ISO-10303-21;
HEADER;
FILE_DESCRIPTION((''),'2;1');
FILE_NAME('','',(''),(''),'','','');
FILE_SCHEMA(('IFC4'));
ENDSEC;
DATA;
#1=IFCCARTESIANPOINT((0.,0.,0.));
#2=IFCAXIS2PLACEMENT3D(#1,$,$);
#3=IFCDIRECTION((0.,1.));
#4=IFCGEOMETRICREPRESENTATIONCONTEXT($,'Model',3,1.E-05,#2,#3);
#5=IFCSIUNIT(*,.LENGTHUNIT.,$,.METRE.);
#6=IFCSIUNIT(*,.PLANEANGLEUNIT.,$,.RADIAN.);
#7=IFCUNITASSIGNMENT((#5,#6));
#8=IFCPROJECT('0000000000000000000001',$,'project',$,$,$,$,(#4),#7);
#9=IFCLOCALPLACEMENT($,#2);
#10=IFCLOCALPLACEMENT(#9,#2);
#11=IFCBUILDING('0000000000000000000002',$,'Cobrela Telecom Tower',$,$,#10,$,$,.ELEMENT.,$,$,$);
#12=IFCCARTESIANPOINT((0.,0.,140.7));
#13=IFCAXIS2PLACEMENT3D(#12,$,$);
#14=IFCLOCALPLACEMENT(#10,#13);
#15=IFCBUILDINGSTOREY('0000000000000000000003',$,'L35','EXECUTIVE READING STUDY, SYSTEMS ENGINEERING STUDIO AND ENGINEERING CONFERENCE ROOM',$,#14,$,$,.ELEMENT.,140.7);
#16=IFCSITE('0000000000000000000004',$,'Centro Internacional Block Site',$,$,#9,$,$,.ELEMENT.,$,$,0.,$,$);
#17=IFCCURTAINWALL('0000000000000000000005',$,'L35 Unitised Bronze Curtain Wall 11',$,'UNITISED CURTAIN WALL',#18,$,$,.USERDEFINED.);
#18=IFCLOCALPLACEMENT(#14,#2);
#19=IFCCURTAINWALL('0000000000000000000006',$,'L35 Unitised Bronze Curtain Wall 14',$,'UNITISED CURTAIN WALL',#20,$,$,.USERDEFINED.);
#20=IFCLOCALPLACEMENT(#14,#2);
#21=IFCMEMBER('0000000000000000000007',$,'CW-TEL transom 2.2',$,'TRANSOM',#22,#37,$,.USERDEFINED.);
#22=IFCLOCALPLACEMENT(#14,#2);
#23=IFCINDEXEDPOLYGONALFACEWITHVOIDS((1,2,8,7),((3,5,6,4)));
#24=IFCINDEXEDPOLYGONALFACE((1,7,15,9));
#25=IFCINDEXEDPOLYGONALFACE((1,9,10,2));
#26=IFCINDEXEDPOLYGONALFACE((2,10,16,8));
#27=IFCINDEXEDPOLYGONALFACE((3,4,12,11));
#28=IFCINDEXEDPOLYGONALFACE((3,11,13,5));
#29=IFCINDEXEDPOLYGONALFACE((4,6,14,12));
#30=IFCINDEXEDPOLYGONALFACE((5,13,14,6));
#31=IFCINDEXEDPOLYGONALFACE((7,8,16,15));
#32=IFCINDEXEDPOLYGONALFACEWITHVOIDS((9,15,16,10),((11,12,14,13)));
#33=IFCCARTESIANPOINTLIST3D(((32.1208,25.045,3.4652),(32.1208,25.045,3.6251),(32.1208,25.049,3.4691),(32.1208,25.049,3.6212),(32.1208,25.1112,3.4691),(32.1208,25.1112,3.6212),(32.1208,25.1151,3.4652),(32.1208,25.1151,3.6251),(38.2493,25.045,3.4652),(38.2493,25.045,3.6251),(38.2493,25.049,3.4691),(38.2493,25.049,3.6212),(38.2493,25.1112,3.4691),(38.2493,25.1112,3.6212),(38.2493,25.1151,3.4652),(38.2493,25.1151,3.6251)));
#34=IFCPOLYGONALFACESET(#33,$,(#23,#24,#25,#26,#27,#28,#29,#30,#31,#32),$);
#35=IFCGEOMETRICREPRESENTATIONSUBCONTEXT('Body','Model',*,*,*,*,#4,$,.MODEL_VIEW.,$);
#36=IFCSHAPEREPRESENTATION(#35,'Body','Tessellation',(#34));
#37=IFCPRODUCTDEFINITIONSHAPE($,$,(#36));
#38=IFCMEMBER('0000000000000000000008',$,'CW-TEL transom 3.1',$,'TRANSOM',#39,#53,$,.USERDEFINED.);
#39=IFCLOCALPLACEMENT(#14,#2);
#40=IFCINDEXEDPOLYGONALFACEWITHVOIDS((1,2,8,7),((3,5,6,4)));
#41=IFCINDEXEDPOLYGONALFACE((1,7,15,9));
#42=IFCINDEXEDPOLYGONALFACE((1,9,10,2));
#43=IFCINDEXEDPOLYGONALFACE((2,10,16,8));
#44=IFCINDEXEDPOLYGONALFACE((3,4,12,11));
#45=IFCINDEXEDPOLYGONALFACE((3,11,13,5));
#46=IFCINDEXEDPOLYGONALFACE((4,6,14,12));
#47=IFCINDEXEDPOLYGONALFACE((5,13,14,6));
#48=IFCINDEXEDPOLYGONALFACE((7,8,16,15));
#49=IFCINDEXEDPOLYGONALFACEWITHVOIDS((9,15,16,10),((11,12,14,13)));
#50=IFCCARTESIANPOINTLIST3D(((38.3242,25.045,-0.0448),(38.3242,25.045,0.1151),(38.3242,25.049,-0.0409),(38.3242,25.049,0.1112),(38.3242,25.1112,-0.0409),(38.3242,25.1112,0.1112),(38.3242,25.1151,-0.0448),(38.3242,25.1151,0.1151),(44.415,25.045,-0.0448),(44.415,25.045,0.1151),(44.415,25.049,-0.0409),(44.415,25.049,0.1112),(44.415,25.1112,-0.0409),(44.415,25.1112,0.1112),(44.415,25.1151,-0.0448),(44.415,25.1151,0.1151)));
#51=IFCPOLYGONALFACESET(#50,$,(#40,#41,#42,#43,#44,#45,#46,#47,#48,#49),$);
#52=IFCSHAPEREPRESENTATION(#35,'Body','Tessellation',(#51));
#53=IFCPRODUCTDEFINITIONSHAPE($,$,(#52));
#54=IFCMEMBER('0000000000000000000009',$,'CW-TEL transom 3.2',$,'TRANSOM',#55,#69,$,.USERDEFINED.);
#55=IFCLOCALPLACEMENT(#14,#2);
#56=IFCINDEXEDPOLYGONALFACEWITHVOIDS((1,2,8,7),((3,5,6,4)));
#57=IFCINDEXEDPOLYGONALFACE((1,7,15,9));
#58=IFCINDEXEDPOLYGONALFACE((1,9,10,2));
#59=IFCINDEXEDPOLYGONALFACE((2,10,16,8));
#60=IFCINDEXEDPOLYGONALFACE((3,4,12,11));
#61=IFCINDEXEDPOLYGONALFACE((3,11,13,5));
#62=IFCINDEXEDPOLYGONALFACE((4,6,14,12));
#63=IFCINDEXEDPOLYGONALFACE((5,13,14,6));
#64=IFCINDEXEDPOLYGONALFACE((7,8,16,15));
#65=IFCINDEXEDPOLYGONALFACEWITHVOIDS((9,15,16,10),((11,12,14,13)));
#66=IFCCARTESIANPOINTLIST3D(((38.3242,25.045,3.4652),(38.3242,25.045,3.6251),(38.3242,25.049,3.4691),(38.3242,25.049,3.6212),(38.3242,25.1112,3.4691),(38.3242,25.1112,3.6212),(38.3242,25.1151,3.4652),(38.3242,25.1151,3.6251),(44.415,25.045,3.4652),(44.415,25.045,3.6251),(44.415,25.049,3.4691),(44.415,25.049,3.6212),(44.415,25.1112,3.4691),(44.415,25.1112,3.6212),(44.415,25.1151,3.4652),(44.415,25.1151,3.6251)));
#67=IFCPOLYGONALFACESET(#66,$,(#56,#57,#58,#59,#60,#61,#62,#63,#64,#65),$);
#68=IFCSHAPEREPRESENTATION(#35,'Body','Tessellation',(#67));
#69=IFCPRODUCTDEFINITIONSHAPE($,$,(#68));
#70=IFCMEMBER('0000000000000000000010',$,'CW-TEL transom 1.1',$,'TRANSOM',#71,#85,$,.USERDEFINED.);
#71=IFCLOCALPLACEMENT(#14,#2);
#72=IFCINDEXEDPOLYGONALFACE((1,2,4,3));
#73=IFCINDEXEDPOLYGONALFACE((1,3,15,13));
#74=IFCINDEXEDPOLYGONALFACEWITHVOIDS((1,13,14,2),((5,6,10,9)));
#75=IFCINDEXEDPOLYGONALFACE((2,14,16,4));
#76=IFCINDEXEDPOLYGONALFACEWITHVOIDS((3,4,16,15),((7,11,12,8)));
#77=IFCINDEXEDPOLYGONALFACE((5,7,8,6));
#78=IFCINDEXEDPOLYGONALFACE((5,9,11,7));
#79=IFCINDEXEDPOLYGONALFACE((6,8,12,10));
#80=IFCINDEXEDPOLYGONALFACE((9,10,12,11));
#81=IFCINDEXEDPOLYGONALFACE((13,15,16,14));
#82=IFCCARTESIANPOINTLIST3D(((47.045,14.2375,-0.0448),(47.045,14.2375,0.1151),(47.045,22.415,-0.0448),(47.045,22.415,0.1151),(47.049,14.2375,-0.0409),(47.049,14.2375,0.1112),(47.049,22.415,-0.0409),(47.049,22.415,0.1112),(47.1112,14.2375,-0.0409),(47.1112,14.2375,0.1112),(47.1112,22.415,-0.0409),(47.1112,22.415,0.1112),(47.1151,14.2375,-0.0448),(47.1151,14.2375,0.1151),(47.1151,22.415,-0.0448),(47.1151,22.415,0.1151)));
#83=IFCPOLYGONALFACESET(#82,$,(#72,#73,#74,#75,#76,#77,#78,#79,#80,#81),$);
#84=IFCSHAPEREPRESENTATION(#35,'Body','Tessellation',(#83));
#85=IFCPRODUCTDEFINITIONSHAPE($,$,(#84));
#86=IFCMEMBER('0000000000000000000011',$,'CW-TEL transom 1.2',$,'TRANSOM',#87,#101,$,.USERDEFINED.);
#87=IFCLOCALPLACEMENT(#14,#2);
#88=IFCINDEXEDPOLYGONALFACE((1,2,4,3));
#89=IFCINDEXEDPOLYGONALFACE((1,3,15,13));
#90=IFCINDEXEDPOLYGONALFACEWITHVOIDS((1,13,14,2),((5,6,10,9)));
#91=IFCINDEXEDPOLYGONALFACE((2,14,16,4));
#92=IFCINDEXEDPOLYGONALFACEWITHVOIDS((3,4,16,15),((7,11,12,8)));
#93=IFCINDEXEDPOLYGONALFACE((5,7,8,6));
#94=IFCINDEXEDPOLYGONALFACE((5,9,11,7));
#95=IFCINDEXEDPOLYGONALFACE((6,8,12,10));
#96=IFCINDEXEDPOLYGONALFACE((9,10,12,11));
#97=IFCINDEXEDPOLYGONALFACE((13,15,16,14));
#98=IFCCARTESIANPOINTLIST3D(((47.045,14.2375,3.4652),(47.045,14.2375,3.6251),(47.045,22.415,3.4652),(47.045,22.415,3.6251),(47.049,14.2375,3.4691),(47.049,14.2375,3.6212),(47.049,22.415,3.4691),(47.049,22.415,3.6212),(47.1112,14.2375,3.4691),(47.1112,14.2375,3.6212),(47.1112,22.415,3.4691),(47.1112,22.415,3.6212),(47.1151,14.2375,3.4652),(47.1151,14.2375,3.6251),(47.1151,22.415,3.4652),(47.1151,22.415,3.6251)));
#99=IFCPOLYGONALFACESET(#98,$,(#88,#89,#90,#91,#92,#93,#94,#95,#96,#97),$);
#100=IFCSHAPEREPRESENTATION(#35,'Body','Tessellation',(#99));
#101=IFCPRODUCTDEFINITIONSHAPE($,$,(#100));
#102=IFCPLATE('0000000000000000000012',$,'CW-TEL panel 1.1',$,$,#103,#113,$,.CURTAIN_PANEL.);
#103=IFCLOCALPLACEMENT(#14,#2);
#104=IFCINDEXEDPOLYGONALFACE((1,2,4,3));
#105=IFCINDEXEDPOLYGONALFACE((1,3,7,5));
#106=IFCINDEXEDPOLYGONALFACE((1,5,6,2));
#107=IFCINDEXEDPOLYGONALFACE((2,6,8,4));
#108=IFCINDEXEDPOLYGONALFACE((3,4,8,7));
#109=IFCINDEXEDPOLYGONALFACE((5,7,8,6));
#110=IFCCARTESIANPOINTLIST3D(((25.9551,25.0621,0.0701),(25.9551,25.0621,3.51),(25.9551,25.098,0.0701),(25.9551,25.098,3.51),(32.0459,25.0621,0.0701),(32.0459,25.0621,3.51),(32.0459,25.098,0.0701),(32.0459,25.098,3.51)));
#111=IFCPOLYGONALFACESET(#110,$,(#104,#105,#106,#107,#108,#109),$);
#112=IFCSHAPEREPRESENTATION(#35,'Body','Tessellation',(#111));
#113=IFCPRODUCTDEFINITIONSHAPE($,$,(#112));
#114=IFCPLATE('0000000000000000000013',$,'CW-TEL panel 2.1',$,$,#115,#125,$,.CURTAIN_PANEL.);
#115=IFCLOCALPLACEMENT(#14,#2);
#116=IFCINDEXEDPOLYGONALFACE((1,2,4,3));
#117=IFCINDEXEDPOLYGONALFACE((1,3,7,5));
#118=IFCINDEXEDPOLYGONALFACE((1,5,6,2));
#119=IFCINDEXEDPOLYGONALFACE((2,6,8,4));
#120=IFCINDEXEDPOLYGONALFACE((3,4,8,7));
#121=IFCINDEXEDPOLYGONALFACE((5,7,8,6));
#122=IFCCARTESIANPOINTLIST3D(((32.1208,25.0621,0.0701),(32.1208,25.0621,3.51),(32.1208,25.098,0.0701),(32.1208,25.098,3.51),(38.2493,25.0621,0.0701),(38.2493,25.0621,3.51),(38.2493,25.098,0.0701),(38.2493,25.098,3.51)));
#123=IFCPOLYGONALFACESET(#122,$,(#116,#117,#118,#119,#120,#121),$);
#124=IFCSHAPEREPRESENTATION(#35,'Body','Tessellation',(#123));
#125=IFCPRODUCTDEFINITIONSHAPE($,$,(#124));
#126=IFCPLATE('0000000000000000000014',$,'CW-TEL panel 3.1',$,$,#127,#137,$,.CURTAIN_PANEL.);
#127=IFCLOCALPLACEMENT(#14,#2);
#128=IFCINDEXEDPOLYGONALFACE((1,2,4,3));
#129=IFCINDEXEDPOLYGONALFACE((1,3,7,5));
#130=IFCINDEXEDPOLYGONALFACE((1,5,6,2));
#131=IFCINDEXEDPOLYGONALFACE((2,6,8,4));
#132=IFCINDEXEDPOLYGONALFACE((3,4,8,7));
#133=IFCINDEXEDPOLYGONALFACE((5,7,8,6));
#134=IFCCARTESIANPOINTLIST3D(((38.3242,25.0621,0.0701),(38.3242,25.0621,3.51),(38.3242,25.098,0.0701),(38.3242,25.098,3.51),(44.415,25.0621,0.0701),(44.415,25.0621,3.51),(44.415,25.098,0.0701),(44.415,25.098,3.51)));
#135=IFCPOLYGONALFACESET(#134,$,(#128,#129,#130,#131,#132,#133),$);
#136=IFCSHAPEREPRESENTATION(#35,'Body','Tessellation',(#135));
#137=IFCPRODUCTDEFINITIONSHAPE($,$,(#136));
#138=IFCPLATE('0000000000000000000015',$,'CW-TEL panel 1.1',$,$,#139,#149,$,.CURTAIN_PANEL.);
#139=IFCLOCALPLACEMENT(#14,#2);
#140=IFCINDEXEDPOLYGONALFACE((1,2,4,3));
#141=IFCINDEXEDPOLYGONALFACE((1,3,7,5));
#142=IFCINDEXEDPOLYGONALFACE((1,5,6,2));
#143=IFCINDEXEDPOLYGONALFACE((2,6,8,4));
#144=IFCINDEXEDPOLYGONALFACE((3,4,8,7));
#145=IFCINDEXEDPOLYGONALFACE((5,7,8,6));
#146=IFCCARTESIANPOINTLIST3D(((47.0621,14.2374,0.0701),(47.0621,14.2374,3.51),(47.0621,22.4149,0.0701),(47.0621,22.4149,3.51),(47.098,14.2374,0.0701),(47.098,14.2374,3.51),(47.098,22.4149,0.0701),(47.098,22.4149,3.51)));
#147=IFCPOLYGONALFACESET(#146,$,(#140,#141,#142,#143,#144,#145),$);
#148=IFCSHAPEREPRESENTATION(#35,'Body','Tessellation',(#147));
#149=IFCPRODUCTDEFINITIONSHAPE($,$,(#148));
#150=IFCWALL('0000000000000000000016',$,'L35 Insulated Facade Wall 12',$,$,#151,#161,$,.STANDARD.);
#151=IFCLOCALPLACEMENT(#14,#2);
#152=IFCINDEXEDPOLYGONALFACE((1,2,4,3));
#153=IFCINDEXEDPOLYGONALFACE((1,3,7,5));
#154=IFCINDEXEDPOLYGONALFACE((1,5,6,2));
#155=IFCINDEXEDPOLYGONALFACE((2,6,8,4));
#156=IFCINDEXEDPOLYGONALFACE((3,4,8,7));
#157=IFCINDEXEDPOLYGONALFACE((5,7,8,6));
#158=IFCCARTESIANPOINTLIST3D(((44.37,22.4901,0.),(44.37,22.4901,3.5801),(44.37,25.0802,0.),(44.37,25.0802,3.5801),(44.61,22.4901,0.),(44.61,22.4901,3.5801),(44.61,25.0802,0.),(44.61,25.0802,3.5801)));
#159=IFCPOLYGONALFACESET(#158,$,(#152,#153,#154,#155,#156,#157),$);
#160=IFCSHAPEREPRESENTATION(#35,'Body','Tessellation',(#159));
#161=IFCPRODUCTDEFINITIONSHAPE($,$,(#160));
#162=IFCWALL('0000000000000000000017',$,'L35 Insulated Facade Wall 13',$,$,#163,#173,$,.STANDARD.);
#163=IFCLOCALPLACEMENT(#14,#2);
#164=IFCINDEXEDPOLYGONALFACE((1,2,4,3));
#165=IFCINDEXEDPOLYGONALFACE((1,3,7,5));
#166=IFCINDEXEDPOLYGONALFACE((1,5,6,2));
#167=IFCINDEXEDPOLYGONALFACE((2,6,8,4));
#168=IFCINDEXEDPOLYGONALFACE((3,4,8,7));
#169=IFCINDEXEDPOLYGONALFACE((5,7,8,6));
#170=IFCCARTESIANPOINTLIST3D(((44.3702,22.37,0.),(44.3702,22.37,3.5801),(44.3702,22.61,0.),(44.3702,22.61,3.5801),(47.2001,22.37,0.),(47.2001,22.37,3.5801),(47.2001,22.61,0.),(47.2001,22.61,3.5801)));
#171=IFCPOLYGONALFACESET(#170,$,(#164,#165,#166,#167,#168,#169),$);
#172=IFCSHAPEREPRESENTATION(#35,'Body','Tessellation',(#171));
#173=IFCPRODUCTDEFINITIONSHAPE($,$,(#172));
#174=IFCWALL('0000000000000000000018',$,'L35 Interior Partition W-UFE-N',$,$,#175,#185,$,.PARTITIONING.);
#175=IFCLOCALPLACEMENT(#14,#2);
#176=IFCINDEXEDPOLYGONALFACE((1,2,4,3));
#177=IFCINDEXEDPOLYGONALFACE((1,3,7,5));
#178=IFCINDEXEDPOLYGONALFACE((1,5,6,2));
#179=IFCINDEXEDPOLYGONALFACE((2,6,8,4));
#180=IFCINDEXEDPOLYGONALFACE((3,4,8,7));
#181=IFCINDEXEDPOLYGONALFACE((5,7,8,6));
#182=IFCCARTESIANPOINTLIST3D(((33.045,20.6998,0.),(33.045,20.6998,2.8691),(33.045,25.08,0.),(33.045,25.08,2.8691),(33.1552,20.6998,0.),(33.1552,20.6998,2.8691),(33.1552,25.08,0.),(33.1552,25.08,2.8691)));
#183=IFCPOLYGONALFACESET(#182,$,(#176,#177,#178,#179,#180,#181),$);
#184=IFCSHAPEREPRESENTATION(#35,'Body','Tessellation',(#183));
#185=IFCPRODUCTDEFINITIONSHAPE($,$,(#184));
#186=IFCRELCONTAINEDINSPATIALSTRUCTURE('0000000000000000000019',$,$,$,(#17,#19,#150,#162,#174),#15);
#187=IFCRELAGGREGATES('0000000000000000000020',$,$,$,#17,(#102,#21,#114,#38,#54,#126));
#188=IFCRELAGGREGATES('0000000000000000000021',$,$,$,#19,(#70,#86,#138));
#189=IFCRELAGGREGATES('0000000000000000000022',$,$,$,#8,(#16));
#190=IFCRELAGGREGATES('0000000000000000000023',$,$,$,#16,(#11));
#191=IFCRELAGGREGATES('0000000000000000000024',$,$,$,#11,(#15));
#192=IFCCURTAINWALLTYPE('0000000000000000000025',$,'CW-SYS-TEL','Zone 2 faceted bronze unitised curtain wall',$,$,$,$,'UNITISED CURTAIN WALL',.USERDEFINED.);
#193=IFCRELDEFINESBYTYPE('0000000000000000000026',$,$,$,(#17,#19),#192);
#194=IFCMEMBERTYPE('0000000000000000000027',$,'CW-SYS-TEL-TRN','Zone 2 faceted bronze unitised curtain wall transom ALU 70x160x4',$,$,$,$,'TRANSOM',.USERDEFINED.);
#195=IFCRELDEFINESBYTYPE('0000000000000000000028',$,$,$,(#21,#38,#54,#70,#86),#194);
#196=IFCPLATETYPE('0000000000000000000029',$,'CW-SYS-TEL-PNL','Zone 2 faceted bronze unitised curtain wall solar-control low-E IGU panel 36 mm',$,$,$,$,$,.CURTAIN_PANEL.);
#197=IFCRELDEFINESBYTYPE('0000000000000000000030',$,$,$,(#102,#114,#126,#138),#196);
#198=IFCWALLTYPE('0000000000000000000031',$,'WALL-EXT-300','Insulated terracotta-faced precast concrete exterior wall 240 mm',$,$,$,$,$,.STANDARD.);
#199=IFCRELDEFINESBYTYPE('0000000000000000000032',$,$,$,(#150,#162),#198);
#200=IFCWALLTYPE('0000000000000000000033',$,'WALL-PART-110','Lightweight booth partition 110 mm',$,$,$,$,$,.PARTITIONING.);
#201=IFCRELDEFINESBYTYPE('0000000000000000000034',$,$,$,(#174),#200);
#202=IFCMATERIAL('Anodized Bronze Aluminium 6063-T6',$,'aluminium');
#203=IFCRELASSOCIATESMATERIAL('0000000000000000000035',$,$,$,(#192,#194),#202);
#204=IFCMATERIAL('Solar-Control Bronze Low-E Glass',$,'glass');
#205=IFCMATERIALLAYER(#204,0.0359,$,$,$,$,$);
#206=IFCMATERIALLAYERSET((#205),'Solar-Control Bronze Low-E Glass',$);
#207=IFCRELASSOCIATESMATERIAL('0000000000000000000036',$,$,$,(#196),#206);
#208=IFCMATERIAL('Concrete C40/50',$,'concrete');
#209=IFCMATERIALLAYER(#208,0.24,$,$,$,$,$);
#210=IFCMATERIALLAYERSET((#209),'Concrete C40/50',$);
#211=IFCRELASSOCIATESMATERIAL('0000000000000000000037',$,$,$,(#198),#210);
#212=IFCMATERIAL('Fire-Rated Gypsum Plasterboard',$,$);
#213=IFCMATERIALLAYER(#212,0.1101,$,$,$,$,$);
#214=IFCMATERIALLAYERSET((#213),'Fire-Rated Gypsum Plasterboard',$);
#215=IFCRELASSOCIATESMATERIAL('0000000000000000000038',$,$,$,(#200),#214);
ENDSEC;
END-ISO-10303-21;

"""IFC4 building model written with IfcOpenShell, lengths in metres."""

from ifc_helpers import new_model, si_unit, direction, frame, frame_2d, origin, origin_2d, place, context, subcontext, project, spatial, rectangle, hollow_rectangle, extrude, material, layer, layer_set, material_profile, profile_set, type_object, element, aggregate, save


model = new_model("IFC4")

# Units and contexts
model_context = context("Model", 3, precision=1e-05, world=origin(), true_north=direction((0.0, 1.0)))
body_context = subcontext(model_context, "Body", "Model", "MODEL_VIEW")
ifc_project = project(units=[si_unit("LENGTHUNIT", "METRE"), si_unit("PLANEANGLEUNIT", "RADIAN")], contexts=[model_context])

# Site, building, storey
site_placement = place(None, origin())
site = spatial("IfcSite", under=ifc_project, at=site_placement, Name="Centro Internacional Block Site", CompositionType="ELEMENT", RefElevation=0.0)
building_placement = place(site_placement, origin())
building = spatial("IfcBuilding", under=site, at=building_placement, Name="Cobrela Telecom Tower", CompositionType="ELEMENT")
storey_placement = place(building_placement, frame((0.0, 0.0, 140.7)))
storey = spatial("IfcBuildingStorey", under=building, at=storey_placement, Name="L35", Description="EXECUTIVE READING STUDY, SYSTEMS ENGINEERING STUDIO AND ENGINEERING CONFERENCE ROOM", CompositionType="ELEMENT", Elevation=140.7)

# Curtain wall
ifc_material_1 = material(Name="Anodized Bronze Aluminium 6063-T6", Category="aluminium")
curtain_wall_type = type_object("IfcCurtainWallType", Name="CW-SYS-TEL", Description="Zone 2 faceted bronze unitised curtain wall", ElementType="UNITISED CURTAIN WALL", PredefinedType="USERDEFINED", material=ifc_material_1)
curtain_wall_1_placement = place(storey_placement, origin())
curtain_wall_1 = element("IfcCurtainWall", 1, at=curtain_wall_1_placement, inside=storey, type_object=curtain_wall_type, Name="L35 Unitised Bronze Curtain Wall 11", ObjectType="UNITISED CURTAIN WALL", PredefinedType="USERDEFINED")

# Curtain wall
curtain_wall_2_placement = place(storey_placement, origin())
curtain_wall_2 = element("IfcCurtainWall", 2, at=curtain_wall_2_placement, inside=storey, type_object=curtain_wall_type, Name="L35 Unitised Bronze Curtain Wall 14", ObjectType="UNITISED CURTAIN WALL", PredefinedType="USERDEFINED")

# Members
ifc_material_profile_1 = material_profile(ifc_material_1, hollow_rectangle(XDim=0.0701, YDim=0.1599, WallThickness=0.0039, at=origin_2d()), Name="ALU 70x160x4")
ifc_profile_set_1 = profile_set([ifc_material_profile_1], Name="Anodized Bronze Aluminium 6063-T6")
member_type_1 = type_object("IfcMemberType", Name="CW-SYS-TEL-TRN", Description="Zone 2 faceted bronze unitised curtain wall transom ALU 70x160x4", ElementType="TRANSOM", PredefinedType="USERDEFINED", material=ifc_profile_set_1)
member_1_placement = place(storey_placement, frame((32.1208, 25.0801, 3.5452), z_axis=(1.0, 0.0, 0.0), x_axis=(0.0, 1.0, 0.0)))
member_1 = element("IfcMember", 3, at=member_1_placement, type_object=member_type_1, Name="CW-TEL transom 2.2", ObjectType="TRANSOM", PredefinedType="USERDEFINED", context=body_context, shape_type="SweptSolid", body=[
    extrude(hollow_rectangle(XDim=0.0701, YDim=0.1599, WallThickness=0.0039, at=origin_2d()), origin(), (0.0, 0.0, 1.0), 6.1284),
])
member_2_placement = place(storey_placement, frame((38.3242, 25.0801, 0.0352), z_axis=(1.0, 0.0, 0.0), x_axis=(0.0, 1.0, 0.0)))
member_2 = element("IfcMember", 4, at=member_2_placement, type_object=member_type_1, Name="CW-TEL transom 3.1", ObjectType="TRANSOM", PredefinedType="USERDEFINED", context=body_context, shape_type="SweptSolid", body=[
    extrude(hollow_rectangle(XDim=0.0701, YDim=0.1599, WallThickness=0.0039, at=origin_2d()), origin(), (0.0, 0.0, 1.0), 6.0908),
])
member_3_placement = place(storey_placement, frame((38.3242, 25.0801, 3.5452), z_axis=(1.0, 0.0, 0.0), x_axis=(0.0, 1.0, 0.0)))
member_3 = element("IfcMember", 5, at=member_3_placement, type_object=member_type_1, Name="CW-TEL transom 3.2", ObjectType="TRANSOM", PredefinedType="USERDEFINED", context=body_context, shape_type="SweptSolid", body=[
    extrude(hollow_rectangle(XDim=0.0701, YDim=0.1599, WallThickness=0.0039, at=origin_2d()), origin(), (0.0, 0.0, 1.0), 6.0908),
])
member_4_placement = place(storey_placement, frame((47.0801, 22.415, 0.0352), z_axis=(0.0, -1.0, 0.0), x_axis=(1.0, 0.0, 0.0)))
member_4 = element("IfcMember", 6, at=member_4_placement, type_object=member_type_1, Name="CW-TEL transom 1.1", ObjectType="TRANSOM", PredefinedType="USERDEFINED", context=body_context, shape_type="SweptSolid", body=[
    extrude(hollow_rectangle(XDim=0.0701, YDim=0.1599, WallThickness=0.0039, at=origin_2d()), origin(), (0.0, 0.0, 1.0), 8.1775),
])
member_5_placement = place(storey_placement, frame((47.0801, 22.415, 3.5452), z_axis=(0.0, -1.0, 0.0), x_axis=(1.0, 0.0, 0.0)))
member_5 = element("IfcMember", 7, at=member_5_placement, type_object=member_type_1, Name="CW-TEL transom 1.2", ObjectType="TRANSOM", PredefinedType="USERDEFINED", context=body_context, shape_type="SweptSolid", body=[
    extrude(hollow_rectangle(XDim=0.0701, YDim=0.1599, WallThickness=0.0039, at=origin_2d()), origin(), (0.0, 0.0, 1.0), 8.1775),
])

# Plates
ifc_material_2 = material(Name="Solar-Control Bronze Low-E Glass", Category="glass")
ifc_layer_1 = layer(ifc_material_2, 0.0359)
ifc_layer_set_1 = layer_set([ifc_layer_1], Name="Solar-Control Bronze Low-E Glass")
plate_type = type_object("IfcPlateType", Name="CW-SYS-TEL-PNL", Description="Zone 2 faceted bronze unitised curtain wall solar-control low-E IGU panel 36 mm", PredefinedType="CURTAIN_PANEL", material=ifc_layer_set_1)
plate_1_placement = place(storey_placement, frame((29.0005, 25.0801, 0.0701), z_axis=(0.0, 0.0, 1.0), x_axis=(1.0, 0.0, 0.0)))
plate_1 = element("IfcPlate", 8, at=plate_1_placement, type_object=plate_type, Name="CW-TEL panel 1.1", PredefinedType="CURTAIN_PANEL", context=body_context, shape_type="SweptSolid", body=[
    extrude(rectangle(XDim=6.0908, YDim=0.0359, at=origin_2d()), origin(), (0.0, 0.0, 1.0), 3.4399),
])
plate_2_placement = place(storey_placement, frame((35.1851, 25.0801, 0.0701), z_axis=(0.0, 0.0, 1.0), x_axis=(1.0, 0.0, 0.0)))
plate_2 = element("IfcPlate", 9, at=plate_2_placement, type_object=plate_type, Name="CW-TEL panel 2.1", PredefinedType="CURTAIN_PANEL", context=body_context, shape_type="SweptSolid", body=[
    extrude(rectangle(XDim=6.1284, YDim=0.0359, at=origin_2d()), origin(), (0.0, 0.0, 1.0), 3.4399),
])
plate_3_placement = place(storey_placement, frame((41.3696, 25.0801, 0.0701), z_axis=(0.0, 0.0, 1.0), x_axis=(1.0, 0.0, 0.0)))
plate_3 = element("IfcPlate", 10, at=plate_3_placement, type_object=plate_type, Name="CW-TEL panel 3.1", PredefinedType="CURTAIN_PANEL", context=body_context, shape_type="SweptSolid", body=[
    extrude(rectangle(XDim=6.0908, YDim=0.0359, at=origin_2d()), origin(), (0.0, 0.0, 1.0), 3.4399),
])
aggregate(curtain_wall_1, [plate_1, member_1, plate_2, member_2, member_3, plate_3])
plate_4_placement = place(storey_placement, frame((47.0801, 18.3262, 0.0701), z_axis=(0.0, 0.0, 1.0), x_axis=(0.0, -1.0, 0.0)))
plate_4 = element("IfcPlate", 11, at=plate_4_placement, type_object=plate_type, Name="CW-TEL panel 1.1", PredefinedType="CURTAIN_PANEL", context=body_context, shape_type="SweptSolid", body=[
    extrude(rectangle(XDim=8.1775, YDim=0.0359, at=origin_2d()), origin(), (0.0, 0.0, 1.0), 3.4399),
])
aggregate(curtain_wall_2, [member_4, member_5, plate_4])

# Walls
ifc_material_3 = material(Name="Concrete C40/50", Category="concrete")
ifc_layer_2 = layer(ifc_material_3, 0.24)
ifc_layer_set_2 = layer_set([ifc_layer_2], Name="Concrete C40/50")
wall_type_1 = type_object("IfcWallType", Name="WALL-EXT-300", Description="Insulated terracotta-faced precast concrete exterior wall 240 mm", PredefinedType="STANDARD", material=ifc_layer_set_2)
wall_1_placement = place(storey_placement, frame((44.49, 25.0801, 0.0), z_axis=(0.0, 0.0, 1.0), x_axis=(0.0, -1.0, 0.0)))
element("IfcWall", 12, at=wall_1_placement, inside=storey, type_object=wall_type_1, Name="L35 Insulated Facade Wall 12", PredefinedType="STANDARD", context=body_context, shape_type="SweptSolid", body=[
    extrude(rectangle(XDim=2.5901, YDim=0.24, at=frame_2d((1.2949, 0.0))), origin(), (0.0, 0.0, 1.0), 3.5801),
])
wall_2_placement = place(storey_placement, frame((44.3701, 22.49, 0.0), z_axis=(0.0, 0.0, 1.0), x_axis=(1.0, 0.0, 0.0)))
element("IfcWall", 13, at=wall_2_placement, inside=storey, type_object=wall_type_1, Name="L35 Insulated Facade Wall 13", PredefinedType="STANDARD", context=body_context, shape_type="SweptSolid", body=[
    extrude(rectangle(XDim=2.8298, YDim=0.24, at=frame_2d((1.415, 0.0))), origin(), (0.0, 0.0, 1.0), 3.5801),
])
ifc_material_4 = material(Name="Fire-Rated Gypsum Plasterboard")
ifc_layer_3 = layer(ifc_material_4, 0.1101)
ifc_layer_set_3 = layer_set([ifc_layer_3], Name="Fire-Rated Gypsum Plasterboard")
wall_type_2 = type_object("IfcWallType", Name="WALL-PART-110", Description="Lightweight booth partition 110 mm", PredefinedType="PARTITIONING", material=ifc_layer_set_3)
wall_3_placement = place(storey_placement, frame((33.1001, 20.7, 0.0), z_axis=(0.0, 0.0, 1.0), x_axis=(0.0, 1.0, 0.0)))
element("IfcWall", 14, at=wall_3_placement, inside=storey, type_object=wall_type_2, Name="L35 Interior Partition W-UFE-N", PredefinedType="PARTITIONING", context=body_context, shape_type="SweptSolid", body=[
    extrude(rectangle(XDim=4.3801, YDim=0.1101, at=frame_2d((2.1899, 0.0))), origin(), (0.0, 0.0, 1.0), 2.8691),
])

save(model, "model.ifc")
